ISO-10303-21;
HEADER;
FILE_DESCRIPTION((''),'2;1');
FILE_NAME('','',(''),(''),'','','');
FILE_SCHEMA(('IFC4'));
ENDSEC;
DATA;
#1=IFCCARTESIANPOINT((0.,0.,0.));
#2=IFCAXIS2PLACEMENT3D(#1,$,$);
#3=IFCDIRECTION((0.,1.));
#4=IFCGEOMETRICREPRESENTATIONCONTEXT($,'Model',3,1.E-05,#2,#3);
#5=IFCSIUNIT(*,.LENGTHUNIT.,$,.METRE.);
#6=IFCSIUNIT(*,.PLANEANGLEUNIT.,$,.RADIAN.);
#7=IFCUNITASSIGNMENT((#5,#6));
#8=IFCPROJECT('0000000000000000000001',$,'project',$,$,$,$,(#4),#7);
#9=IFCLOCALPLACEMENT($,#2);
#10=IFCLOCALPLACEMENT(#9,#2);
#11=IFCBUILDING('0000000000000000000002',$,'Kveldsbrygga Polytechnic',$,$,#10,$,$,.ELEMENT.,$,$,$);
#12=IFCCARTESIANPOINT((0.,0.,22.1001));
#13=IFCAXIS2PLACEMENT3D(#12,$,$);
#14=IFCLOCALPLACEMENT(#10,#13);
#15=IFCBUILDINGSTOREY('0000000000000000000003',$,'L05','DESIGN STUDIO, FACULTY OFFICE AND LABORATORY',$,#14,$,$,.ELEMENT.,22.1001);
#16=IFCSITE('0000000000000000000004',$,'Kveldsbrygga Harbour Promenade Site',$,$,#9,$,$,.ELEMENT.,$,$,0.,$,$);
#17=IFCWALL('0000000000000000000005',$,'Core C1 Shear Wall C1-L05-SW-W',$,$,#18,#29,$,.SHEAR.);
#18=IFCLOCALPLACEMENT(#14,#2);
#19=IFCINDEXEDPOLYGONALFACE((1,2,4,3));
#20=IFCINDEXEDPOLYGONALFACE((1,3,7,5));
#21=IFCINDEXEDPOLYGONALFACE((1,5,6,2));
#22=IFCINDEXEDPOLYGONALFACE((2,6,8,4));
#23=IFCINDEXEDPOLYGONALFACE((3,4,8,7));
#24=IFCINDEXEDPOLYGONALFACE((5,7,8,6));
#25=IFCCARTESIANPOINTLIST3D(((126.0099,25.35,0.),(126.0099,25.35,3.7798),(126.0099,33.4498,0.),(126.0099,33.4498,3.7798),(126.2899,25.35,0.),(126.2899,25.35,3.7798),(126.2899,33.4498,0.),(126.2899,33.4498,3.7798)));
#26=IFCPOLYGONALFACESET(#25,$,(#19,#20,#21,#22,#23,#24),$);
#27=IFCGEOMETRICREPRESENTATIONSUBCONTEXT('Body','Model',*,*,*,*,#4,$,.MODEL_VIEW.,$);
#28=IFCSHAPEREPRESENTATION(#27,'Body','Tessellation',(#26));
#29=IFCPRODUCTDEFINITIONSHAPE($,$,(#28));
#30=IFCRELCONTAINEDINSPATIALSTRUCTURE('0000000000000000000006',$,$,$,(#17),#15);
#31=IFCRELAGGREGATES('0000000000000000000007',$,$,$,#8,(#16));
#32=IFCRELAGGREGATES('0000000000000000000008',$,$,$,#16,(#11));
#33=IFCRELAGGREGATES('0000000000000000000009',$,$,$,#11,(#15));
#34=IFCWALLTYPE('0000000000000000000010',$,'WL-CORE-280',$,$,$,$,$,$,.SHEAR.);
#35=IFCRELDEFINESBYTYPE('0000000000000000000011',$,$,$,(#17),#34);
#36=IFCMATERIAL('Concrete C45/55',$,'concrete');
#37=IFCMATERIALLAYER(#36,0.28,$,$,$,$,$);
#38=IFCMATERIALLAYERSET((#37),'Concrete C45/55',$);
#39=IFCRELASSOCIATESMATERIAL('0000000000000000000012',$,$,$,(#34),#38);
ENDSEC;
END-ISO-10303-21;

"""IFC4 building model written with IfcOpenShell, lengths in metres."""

from ifc_helpers import new_model, si_unit, direction, frame, frame_2d, origin, place, context, subcontext, project, spatial, rectangle, extrude, material, layer, layer_set, type_object, element, save


model = new_model("IFC4")

# Units and contexts
model_context = context("Model", 3, precision=1e-05, world=origin(), true_north=direction((0.0, 1.0)))
body_context = subcontext(model_context, "Body", "Model", "MODEL_VIEW")
ifc_project = project(units=[si_unit("LENGTHUNIT", "METRE"), si_unit("PLANEANGLEUNIT", "RADIAN")], contexts=[model_context])

# Site, building, storey
site_placement = place(None, origin())
site = spatial("IfcSite", under=ifc_project, at=site_placement, Name="Kveldsbrygga Harbour Promenade Site", CompositionType="ELEMENT", RefElevation=0.0)
building_placement = place(site_placement, origin())
building = spatial("IfcBuilding", under=site, at=building_placement, Name="Kveldsbrygga Polytechnic", CompositionType="ELEMENT")
storey_placement = place(building_placement, frame((0.0, 0.0, 22.1001)))
storey = spatial("IfcBuildingStorey", under=building, at=storey_placement, Name="L05", Description="DESIGN STUDIO, FACULTY OFFICE AND LABORATORY", CompositionType="ELEMENT", Elevation=22.1001)

# Shared definitions
ifc_material_1 = material(Name="Concrete C45/55", Category="concrete")
ifc_layer_1 = layer(ifc_material_1, 0.28)
ifc_layer_set_1 = layer_set([ifc_layer_1], Name="Concrete C45/55")
wall_type_1 = type_object("IfcWallType", Name="WL-CORE-280", PredefinedType="SHEAR", material=ifc_layer_set_1)

# Wall
wall_1_placement = place(storey_placement, frame((126.1499, 25.3501, 0.0), z_axis=(0.0, 0.0, 1.0), x_axis=(0.0, 1.0, 0.0)))
element("IfcWall", 1, at=wall_1_placement, inside=storey, type_object=wall_type_1, Name="Core C1 Shear Wall C1-L05-SW-W", PredefinedType="SHEAR", context=body_context, shape_type="SweptSolid", body=[
    extrude(rectangle(XDim=8.0999, YDim=0.28, at=frame_2d((4.0498, 0.0))), origin(), (0.0, 0.0, 1.0), 3.7798),
])

save(model, "model.ifc")
